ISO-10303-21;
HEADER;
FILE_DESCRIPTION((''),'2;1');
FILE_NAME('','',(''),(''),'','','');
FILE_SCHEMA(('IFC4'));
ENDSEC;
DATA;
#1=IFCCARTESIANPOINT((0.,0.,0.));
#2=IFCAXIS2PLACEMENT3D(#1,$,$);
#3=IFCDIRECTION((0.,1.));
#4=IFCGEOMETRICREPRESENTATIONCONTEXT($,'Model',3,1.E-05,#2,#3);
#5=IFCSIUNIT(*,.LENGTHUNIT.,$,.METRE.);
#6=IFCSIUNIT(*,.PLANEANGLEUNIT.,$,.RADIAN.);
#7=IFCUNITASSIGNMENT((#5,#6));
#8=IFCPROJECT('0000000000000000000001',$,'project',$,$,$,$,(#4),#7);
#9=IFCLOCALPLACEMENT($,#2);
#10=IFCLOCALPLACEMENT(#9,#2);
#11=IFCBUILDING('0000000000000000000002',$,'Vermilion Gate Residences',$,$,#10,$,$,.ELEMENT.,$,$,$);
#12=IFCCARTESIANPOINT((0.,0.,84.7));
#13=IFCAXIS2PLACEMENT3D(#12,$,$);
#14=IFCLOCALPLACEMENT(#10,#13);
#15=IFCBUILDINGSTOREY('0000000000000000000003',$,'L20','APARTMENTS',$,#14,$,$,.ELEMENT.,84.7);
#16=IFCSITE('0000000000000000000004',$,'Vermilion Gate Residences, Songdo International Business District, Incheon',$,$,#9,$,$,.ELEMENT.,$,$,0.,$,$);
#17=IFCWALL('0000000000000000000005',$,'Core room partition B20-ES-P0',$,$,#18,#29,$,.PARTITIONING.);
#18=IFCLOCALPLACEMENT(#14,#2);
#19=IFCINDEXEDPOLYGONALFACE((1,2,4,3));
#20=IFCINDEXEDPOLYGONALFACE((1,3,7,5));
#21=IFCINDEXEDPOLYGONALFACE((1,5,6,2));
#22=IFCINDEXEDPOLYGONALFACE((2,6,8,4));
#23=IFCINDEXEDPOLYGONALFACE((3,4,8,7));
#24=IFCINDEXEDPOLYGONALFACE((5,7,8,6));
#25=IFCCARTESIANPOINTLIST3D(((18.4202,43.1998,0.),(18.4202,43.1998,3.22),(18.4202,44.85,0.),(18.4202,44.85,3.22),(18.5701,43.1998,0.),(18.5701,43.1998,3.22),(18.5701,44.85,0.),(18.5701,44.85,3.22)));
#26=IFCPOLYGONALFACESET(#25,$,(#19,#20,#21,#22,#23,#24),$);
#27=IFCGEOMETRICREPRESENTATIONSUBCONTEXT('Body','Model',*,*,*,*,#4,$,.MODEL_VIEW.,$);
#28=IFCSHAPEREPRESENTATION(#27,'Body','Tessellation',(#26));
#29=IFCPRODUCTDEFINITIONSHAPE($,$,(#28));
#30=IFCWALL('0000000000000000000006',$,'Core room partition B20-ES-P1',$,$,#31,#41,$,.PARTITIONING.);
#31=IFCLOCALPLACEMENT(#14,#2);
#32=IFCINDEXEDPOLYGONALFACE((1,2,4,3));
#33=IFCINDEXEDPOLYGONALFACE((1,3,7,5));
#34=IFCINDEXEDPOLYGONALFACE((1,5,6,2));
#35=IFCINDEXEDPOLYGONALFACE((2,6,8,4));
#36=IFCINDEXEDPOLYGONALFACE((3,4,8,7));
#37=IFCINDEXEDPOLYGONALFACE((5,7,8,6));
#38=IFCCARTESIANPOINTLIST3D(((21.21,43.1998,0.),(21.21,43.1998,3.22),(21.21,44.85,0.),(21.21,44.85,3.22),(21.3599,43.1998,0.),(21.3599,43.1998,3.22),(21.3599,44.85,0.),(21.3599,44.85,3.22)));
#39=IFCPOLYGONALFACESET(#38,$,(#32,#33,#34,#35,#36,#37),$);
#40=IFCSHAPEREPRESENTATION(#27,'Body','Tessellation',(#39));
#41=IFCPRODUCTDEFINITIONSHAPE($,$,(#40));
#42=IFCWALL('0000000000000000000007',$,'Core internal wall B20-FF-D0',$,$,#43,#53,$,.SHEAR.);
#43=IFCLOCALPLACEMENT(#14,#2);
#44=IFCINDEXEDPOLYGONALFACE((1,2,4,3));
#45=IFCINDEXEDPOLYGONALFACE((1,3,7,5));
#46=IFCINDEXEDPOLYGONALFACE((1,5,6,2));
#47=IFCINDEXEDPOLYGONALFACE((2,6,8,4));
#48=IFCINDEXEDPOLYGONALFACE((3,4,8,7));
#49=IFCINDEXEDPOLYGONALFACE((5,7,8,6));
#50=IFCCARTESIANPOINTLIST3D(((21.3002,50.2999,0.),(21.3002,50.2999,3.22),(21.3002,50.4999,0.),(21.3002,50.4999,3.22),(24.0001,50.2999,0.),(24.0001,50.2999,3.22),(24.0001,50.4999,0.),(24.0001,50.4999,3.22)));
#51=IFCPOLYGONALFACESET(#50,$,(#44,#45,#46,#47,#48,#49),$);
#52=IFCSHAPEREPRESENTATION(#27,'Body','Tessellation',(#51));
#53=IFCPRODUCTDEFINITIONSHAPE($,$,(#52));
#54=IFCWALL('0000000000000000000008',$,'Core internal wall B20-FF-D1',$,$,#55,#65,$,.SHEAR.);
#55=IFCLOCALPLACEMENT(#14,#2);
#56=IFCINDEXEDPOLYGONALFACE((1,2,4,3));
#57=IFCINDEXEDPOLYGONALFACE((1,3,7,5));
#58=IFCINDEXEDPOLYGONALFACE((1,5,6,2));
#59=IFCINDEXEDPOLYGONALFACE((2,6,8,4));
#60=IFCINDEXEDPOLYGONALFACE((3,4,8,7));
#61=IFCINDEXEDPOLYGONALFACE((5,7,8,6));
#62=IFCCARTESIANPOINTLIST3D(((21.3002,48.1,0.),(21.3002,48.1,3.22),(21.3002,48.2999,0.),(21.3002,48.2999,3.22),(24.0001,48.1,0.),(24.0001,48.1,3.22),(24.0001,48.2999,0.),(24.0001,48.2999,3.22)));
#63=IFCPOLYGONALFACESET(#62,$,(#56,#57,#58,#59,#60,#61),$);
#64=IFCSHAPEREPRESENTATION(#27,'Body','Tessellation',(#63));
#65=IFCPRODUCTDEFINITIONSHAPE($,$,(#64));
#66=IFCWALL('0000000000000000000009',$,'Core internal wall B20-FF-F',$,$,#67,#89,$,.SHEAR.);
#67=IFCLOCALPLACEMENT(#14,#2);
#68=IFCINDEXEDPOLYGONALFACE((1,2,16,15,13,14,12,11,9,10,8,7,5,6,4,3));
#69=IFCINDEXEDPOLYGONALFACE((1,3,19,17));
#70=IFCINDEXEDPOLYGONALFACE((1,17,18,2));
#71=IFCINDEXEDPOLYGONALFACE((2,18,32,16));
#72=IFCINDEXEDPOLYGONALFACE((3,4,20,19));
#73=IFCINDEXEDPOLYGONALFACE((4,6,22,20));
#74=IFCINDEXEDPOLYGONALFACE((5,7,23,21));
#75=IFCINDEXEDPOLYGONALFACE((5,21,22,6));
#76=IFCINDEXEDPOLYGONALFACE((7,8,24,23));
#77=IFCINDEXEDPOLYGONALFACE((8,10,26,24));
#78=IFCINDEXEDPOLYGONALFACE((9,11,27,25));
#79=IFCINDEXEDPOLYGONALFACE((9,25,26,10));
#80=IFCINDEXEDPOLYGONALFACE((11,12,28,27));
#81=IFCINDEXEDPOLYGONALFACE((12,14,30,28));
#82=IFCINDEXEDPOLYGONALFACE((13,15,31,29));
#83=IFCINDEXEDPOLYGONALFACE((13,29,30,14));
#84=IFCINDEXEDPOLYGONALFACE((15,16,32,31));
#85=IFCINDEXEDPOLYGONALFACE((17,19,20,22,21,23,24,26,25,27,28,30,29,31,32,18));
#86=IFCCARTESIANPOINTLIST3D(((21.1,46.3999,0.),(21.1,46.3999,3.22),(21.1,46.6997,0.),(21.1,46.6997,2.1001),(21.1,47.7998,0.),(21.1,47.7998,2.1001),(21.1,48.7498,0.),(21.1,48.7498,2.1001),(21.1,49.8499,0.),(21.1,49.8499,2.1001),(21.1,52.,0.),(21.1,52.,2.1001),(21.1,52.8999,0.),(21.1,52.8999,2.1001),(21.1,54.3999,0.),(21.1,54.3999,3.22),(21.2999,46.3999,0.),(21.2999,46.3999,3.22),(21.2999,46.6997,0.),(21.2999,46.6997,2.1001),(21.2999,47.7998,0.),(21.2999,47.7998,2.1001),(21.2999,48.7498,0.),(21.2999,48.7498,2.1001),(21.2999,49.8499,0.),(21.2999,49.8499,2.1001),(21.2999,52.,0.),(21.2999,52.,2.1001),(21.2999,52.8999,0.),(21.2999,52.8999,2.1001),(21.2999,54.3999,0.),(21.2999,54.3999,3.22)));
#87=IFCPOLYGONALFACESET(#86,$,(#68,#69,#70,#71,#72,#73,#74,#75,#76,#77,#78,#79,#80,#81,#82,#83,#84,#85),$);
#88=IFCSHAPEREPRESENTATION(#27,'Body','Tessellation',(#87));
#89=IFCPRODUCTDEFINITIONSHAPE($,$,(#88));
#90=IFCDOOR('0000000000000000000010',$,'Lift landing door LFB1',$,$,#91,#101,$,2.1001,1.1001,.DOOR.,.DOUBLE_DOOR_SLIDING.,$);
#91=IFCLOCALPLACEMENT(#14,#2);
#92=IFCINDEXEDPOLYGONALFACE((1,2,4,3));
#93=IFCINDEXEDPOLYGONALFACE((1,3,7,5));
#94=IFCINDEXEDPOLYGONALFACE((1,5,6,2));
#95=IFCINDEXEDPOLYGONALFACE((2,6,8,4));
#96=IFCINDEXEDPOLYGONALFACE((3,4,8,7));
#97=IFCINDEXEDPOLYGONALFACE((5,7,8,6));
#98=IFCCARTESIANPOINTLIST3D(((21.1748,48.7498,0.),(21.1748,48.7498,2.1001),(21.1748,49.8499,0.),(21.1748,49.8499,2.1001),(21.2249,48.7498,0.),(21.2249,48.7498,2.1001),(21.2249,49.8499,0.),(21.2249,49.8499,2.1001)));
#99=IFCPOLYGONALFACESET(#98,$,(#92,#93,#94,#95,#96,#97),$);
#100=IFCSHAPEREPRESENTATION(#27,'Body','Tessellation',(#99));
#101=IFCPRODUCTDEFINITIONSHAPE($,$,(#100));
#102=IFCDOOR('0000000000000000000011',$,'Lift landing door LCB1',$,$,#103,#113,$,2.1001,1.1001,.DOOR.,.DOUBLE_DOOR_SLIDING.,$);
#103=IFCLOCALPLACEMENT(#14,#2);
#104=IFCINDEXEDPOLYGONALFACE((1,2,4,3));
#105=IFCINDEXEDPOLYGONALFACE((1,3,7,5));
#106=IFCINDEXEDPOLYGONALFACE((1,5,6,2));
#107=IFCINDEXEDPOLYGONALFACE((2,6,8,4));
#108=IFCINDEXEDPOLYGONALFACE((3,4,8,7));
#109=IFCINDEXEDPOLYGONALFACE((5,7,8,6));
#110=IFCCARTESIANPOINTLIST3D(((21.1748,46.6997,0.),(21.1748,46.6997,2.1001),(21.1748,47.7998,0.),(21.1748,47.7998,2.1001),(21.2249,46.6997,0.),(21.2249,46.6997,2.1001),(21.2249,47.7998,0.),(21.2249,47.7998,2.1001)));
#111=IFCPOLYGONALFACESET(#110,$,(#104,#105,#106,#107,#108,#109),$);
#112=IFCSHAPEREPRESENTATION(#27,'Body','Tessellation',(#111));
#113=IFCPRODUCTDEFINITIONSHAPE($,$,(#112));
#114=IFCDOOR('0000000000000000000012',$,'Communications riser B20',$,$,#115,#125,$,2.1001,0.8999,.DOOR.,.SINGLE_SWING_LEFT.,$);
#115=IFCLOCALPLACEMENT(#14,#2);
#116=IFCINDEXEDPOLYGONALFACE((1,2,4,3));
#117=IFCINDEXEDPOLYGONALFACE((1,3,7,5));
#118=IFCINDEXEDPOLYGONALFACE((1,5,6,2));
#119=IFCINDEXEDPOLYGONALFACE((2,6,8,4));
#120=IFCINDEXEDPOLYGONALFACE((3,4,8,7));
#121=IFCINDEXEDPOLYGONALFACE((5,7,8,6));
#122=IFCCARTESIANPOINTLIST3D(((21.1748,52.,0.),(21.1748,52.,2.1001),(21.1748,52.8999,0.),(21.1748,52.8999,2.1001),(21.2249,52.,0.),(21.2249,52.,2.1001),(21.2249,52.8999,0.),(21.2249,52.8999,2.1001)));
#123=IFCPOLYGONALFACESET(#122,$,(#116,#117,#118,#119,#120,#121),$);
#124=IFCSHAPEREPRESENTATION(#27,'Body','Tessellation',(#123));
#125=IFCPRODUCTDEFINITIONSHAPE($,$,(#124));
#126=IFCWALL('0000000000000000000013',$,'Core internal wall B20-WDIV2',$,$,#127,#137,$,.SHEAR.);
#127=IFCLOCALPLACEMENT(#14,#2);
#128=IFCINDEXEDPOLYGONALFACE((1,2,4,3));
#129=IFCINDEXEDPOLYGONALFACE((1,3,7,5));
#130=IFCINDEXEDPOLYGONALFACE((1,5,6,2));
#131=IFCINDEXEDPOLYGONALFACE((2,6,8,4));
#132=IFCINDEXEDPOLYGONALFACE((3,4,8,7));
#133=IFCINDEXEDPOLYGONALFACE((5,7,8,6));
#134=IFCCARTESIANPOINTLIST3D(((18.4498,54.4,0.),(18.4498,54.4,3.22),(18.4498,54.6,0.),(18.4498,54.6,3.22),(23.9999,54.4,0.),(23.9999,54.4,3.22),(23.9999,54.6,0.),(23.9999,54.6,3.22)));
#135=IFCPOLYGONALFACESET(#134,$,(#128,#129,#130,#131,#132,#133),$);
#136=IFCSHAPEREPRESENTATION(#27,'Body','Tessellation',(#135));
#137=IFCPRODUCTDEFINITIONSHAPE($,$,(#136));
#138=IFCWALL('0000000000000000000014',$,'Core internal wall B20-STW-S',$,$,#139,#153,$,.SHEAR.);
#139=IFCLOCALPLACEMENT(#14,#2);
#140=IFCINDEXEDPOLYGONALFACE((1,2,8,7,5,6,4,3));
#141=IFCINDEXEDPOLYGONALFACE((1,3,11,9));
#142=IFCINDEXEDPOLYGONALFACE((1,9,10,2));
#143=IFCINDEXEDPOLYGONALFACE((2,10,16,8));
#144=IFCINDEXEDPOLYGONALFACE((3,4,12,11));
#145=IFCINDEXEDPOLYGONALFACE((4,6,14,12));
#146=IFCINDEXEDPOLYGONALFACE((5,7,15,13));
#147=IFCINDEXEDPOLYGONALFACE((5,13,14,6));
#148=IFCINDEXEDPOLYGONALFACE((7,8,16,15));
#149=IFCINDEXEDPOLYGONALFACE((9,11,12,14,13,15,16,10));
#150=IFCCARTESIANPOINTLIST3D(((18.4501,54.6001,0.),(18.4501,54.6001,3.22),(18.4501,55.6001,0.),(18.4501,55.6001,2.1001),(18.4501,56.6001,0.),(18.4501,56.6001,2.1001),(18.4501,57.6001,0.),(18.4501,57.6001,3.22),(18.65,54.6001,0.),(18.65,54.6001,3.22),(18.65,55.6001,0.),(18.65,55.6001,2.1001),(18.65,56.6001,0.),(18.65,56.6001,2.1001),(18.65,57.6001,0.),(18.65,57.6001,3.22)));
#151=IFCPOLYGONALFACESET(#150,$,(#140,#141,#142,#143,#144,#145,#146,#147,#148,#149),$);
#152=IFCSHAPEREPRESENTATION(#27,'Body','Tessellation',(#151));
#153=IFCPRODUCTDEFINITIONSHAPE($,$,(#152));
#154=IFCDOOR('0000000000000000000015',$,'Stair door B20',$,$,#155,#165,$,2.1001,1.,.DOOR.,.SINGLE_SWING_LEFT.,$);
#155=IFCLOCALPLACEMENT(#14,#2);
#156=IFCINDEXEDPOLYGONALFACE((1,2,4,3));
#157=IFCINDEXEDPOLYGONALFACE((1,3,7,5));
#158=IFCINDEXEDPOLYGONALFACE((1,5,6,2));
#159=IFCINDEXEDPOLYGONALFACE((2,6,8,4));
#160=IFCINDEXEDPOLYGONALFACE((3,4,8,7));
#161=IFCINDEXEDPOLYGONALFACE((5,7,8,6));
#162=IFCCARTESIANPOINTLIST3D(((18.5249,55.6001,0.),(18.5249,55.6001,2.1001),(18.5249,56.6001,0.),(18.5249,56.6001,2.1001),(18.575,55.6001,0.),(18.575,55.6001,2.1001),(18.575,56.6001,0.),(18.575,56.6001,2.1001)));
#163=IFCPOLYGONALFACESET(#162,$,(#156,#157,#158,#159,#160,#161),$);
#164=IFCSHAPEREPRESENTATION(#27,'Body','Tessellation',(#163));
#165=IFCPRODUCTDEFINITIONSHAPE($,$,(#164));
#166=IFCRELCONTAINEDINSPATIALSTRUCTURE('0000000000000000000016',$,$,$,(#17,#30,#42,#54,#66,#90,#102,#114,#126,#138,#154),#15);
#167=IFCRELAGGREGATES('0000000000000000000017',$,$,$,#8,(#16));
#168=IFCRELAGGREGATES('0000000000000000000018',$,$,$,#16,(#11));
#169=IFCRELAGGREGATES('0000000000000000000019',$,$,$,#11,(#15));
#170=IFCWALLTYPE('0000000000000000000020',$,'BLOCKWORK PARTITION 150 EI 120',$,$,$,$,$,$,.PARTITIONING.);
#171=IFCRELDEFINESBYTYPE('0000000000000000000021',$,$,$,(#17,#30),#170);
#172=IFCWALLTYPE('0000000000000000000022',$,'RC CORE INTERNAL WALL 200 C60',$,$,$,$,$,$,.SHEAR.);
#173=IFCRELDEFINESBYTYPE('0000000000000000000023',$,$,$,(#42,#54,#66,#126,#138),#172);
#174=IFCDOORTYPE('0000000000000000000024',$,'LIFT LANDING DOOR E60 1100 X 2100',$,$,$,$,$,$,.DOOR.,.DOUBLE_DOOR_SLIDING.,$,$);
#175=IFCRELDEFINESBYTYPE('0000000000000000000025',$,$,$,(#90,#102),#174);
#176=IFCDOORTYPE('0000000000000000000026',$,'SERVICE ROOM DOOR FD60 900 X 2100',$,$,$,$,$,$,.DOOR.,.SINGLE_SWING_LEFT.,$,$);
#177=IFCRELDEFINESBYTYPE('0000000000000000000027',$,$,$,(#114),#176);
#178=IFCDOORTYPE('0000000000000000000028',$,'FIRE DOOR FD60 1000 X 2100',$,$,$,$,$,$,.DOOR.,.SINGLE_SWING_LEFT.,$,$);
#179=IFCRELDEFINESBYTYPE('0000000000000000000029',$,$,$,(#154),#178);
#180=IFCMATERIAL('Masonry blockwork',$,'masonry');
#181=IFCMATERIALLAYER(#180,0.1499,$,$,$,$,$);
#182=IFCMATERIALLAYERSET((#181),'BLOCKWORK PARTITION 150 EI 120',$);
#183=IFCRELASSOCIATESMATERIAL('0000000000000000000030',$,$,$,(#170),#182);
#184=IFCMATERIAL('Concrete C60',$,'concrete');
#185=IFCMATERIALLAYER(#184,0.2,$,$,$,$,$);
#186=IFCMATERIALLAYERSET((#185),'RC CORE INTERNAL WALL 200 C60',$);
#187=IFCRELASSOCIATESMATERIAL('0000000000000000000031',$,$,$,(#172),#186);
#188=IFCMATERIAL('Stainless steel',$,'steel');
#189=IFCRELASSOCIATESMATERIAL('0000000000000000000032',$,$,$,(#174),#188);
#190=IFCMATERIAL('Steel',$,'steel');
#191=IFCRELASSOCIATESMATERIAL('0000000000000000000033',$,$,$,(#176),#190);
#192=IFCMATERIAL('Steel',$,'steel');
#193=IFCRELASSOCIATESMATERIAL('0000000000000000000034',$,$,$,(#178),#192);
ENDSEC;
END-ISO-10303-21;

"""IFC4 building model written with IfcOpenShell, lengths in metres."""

from ifc_helpers import new_model, si_unit, direction, frame, frame_2d, origin, place, context, subcontext, project, spatial, rectangle, extrude, material, layer, layer_set, type_object, element, fill, save


model = new_model("IFC4")

# Units and contexts
model_context = context("Model", 3, precision=1e-05, world=origin(), true_north=direction((0.0, 1.0)))
body_context = subcontext(model_context, "Body", "Model", "MODEL_VIEW")
ifc_project = project(units=[si_unit("LENGTHUNIT", "METRE"), si_unit("PLANEANGLEUNIT", "RADIAN")], contexts=[model_context])

# Site, building, storey
site_placement = place(None, origin())
site = spatial("IfcSite", under=ifc_project, at=site_placement, Name="Vermilion Gate Residences, Songdo International Business District, Incheon", CompositionType="ELEMENT", RefElevation=0.0)
building_placement = place(site_placement, origin())
building = spatial("IfcBuilding", under=site, at=building_placement, Name="Vermilion Gate Residences", CompositionType="ELEMENT")
storey_placement = place(building_placement, frame((0.0, 0.0, 84.7)))
storey = spatial("IfcBuildingStorey", under=building, at=storey_placement, Name="L20", Description="APARTMENTS", CompositionType="ELEMENT", Elevation=84.7)

# Walls
ifc_material_1 = material(Name="Masonry blockwork", Category="masonry")
ifc_layer_1 = layer(ifc_material_1, 0.1499)
ifc_layer_set_1 = layer_set([ifc_layer_1], Name="BLOCKWORK PARTITION 150 EI 120")
wall_type_1 = type_object("IfcWallType", Name="BLOCKWORK PARTITION 150 EI 120", PredefinedType="PARTITIONING", material=ifc_layer_set_1)
for number, where, z_axis, x_axis, name in (
    (1, (18.4951, 44.8501, 0.0), (0.0, 0.0, 1.0), (0.0, -1.0, 0.0), "Core room partition B20-ES-P0"),
    (2, (21.2849, 44.8501, 0.0), (0.0, 0.0, 1.0), (0.0, -1.0, 0.0), "Core room partition B20-ES-P1"),
):
    element("IfcWall", number, at=place(storey_placement, frame(where, z_axis=z_axis, x_axis=x_axis)), inside=storey, type_object=wall_type_1, Name=name, PredefinedType="PARTITIONING", context=body_context, shape_type="SweptSolid", body=[
        extrude(rectangle(XDim=1.6501, YDim=0.1499, at=frame_2d((0.8252, 0.0))), origin(), (0.0, 0.0, 1.0), 3.22),
    ])
ifc_material_2 = material(Name="Concrete C60", Category="concrete")
ifc_layer_2 = layer(ifc_material_2, 0.2)
ifc_layer_set_2 = layer_set([ifc_layer_2], Name="RC CORE INTERNAL WALL 200 C60")
wall_type_2 = type_object("IfcWallType", Name="RC CORE INTERNAL WALL 200 C60", PredefinedType="SHEAR", material=ifc_layer_set_2)
for number, where, z_axis, x_axis, name in (
    (3, (21.3, 50.3999, 0.0), (0.0, 0.0, 1.0), (1.0, 0.0, 0.0), "Core internal wall B20-FF-D0"),
    (4, (21.3, 48.2, 0.0), (0.0, 0.0, 1.0), (1.0, 0.0, 0.0), "Core internal wall B20-FF-D1"),
):
    element("IfcWall", number, at=place(storey_placement, frame(where, z_axis=z_axis, x_axis=x_axis)), inside=storey, type_object=wall_type_2, Name=name, PredefinedType="SHEAR", context=body_context, shape_type="SweptSolid", body=[
        extrude(rectangle(XDim=2.7, YDim=0.2, at=frame_2d((1.3501, 0.0))), origin(), (0.0, 0.0, 1.0), 3.22),
    ])

# Wall, openings, doors
wall_1_placement = place(storey_placement, frame((21.2, 54.3999, 0.0), z_axis=(0.0, 0.0, 1.0), x_axis=(0.0, -1.0, 0.0)))
wall_1 = element("IfcWall", 5, at=wall_1_placement, inside=storey, type_object=wall_type_2, Name="Core internal wall B20-FF-F", PredefinedType="SHEAR", context=body_context, shape_type="SweptSolid", body=[
    extrude(rectangle(XDim=8.0, YDim=0.2, at=frame_2d((4.0, 0.0))), origin(), (0.0, 0.0, 1.0), 3.22),
])
opening_1_placement = place(wall_1_placement, frame((1.5, 0.0, 0.0)))
opening_1 = element("IfcOpeningElement", 6, at=opening_1_placement, cuts=wall_1, PredefinedType="OPENING", context=body_context, shape_type="SweptSolid", body=[
    extrude(rectangle(XDim=0.8999, YDim=2.1001, at=frame_2d((0.45, 1.05))), frame((0.0, 0.1099, 0.0), z_axis=(0.0, -1.0, 0.0), x_axis=(1.0, 0.0, 0.0)), (0.0, 0.0, 1.0), 0.22),
])
opening_2_placement = place(wall_1_placement, frame((4.55, 0.0, 0.0)))
opening_2 = element("IfcOpeningElement", 7, at=opening_2_placement, cuts=wall_1, PredefinedType="OPENING", context=body_context, shape_type="SweptSolid", body=[
    extrude(rectangle(XDim=1.1001, YDim=2.1001, at=frame_2d((0.55, 1.05))), frame((0.0, 0.1099, 0.0), z_axis=(0.0, -1.0, 0.0), x_axis=(1.0, 0.0, 0.0)), (0.0, 0.0, 1.0), 0.22),
])
opening_3_placement = place(wall_1_placement, frame((6.6001, 0.0, 0.0)))
opening_3 = element("IfcOpeningElement", 8, at=opening_3_placement, cuts=wall_1, PredefinedType="OPENING", context=body_context, shape_type="SweptSolid", body=[
    extrude(rectangle(XDim=1.1001, YDim=2.1001, at=frame_2d((0.55, 1.05))), frame((0.0, 0.1099, 0.0), z_axis=(0.0, -1.0, 0.0), x_axis=(1.0, 0.0, 0.0)), (0.0, 0.0, 1.0), 0.22),
])
ifc_material_3 = material(Name="Stainless steel", Category="steel")
door_type_1 = type_object("IfcDoorType", Name="LIFT LANDING DOOR E60 1100 X 2100", OperationType="DOUBLE_DOOR_SLIDING", PredefinedType="DOOR", material=ifc_material_3)
door_1_placement = place(opening_2_placement, origin())
door_1 = element("IfcDoor", 9, at=door_1_placement, inside=storey, type_object=door_type_1, Name="Lift landing door LFB1", OperationType="DOUBLE_DOOR_SLIDING", OverallHeight=2.1001, OverallWidth=1.1001, PredefinedType="DOOR", context=body_context, shape_type="SweptSolid", body=[
    extrude(rectangle(XDim=1.1001, YDim=2.1001, at=frame_2d((0.55, 1.05))), frame((0.0, 0.0249, 0.0), z_axis=(0.0, -1.0, 0.0), x_axis=(1.0, 0.0, 0.0)), (0.0, 0.0, 1.0), 0.05),
])
fill(opening_2, door_1)
door_2_placement = place(opening_3_placement, origin())
door_2 = element("IfcDoor", 10, at=door_2_placement, inside=storey, type_object=door_type_1, Name="Lift landing door LCB1", OperationType="DOUBLE_DOOR_SLIDING", OverallHeight=2.1001, OverallWidth=1.1001, PredefinedType="DOOR", context=body_context, shape_type="SweptSolid", body=[
    extrude(rectangle(XDim=1.1001, YDim=2.1001, at=frame_2d((0.55, 1.05))), frame((0.0, 0.0249, 0.0), z_axis=(0.0, -1.0, 0.0), x_axis=(1.0, 0.0, 0.0)), (0.0, 0.0, 1.0), 0.05),
])
fill(opening_3, door_2)
ifc_material_4 = material(Name="Steel", Category="steel")
door_type_2 = type_object("IfcDoorType", Name="SERVICE ROOM DOOR FD60 900 X 2100", OperationType="SINGLE_SWING_LEFT", PredefinedType="DOOR", material=ifc_material_4)
door_3_placement = place(opening_1_placement, origin())
door_3 = element("IfcDoor", 11, at=door_3_placement, inside=storey, type_object=door_type_2, Name="Communications riser B20", OperationType="SINGLE_SWING_LEFT", OverallHeight=2.1001, OverallWidth=0.8999, PredefinedType="DOOR", context=body_context, shape_type="SweptSolid", body=[
    extrude(rectangle(XDim=0.8999, YDim=2.1001, at=frame_2d((0.45, 1.05))), frame((0.0, 0.0249, 0.0), z_axis=(0.0, -1.0, 0.0), x_axis=(1.0, 0.0, 0.0)), (0.0, 0.0, 1.0), 0.05),
])
fill(opening_1, door_3)

# Wall
wall_2_placement = place(storey_placement, frame((18.45, 54.5, 0.0), z_axis=(0.0, 0.0, 1.0), x_axis=(1.0, 0.0, 0.0)))
element("IfcWall", 12, at=wall_2_placement, inside=storey, type_object=wall_type_2, Name="Core internal wall B20-WDIV2", PredefinedType="SHEAR", context=body_context, shape_type="SweptSolid", body=[
    extrude(rectangle(XDim=5.55, YDim=0.2, at=frame_2d((2.7749, 0.0))), origin(), (0.0, 0.0, 1.0), 3.22),
])

# Wall, opening, door
wall_3_placement = place(storey_placement, frame((18.55, 57.6001, 0.0), z_axis=(0.0, 0.0, 1.0), x_axis=(0.0, -1.0, 0.0)))
wall_3 = element("IfcWall", 13, at=wall_3_placement, inside=storey, type_object=wall_type_2, Name="Core internal wall B20-STW-S", PredefinedType="SHEAR", context=body_context, shape_type="SweptSolid", body=[
    extrude(rectangle(XDim=3.0, YDim=0.2, at=frame_2d((1.5, 0.0))), origin(), (0.0, 0.0, 1.0), 3.22),
])
opening_4_placement = place(wall_3_placement, frame((1.0, 0.0, 0.0)))
opening_4 = element("IfcOpeningElement", 14, at=opening_4_placement, cuts=wall_3, PredefinedType="OPENING", context=body_context, shape_type="SweptSolid", body=[
    extrude(rectangle(XDim=1.0, YDim=2.1001, at=frame_2d((0.5, 1.05))), frame((0.0, 0.1099, 0.0), z_axis=(0.0, -1.0, 0.0), x_axis=(1.0, 0.0, 0.0)), (0.0, 0.0, 1.0), 0.22),
])
ifc_material_5 = material(Name="Steel", Category="steel")
door_type_3 = type_object("IfcDoorType", Name="FIRE DOOR FD60 1000 X 2100", OperationType="SINGLE_SWING_LEFT", PredefinedType="DOOR", material=ifc_material_5)
door_4_placement = place(opening_4_placement, origin())
door_4 = element("IfcDoor", 15, at=door_4_placement, inside=storey, type_object=door_type_3, Name="Stair door B20", OperationType="SINGLE_SWING_LEFT", OverallHeight=2.1001, OverallWidth=1.0, PredefinedType="DOOR", context=body_context, shape_type="SweptSolid", body=[
    extrude(rectangle(XDim=1.0, YDim=2.1001, at=frame_2d((0.5, 1.05))), frame((0.0, 0.0249, 0.0), z_axis=(0.0, -1.0, 0.0), x_axis=(1.0, 0.0, 0.0)), (0.0, 0.0, 1.0), 0.05),
])
fill(opening_4, door_4)

save(model, "model.ifc")
